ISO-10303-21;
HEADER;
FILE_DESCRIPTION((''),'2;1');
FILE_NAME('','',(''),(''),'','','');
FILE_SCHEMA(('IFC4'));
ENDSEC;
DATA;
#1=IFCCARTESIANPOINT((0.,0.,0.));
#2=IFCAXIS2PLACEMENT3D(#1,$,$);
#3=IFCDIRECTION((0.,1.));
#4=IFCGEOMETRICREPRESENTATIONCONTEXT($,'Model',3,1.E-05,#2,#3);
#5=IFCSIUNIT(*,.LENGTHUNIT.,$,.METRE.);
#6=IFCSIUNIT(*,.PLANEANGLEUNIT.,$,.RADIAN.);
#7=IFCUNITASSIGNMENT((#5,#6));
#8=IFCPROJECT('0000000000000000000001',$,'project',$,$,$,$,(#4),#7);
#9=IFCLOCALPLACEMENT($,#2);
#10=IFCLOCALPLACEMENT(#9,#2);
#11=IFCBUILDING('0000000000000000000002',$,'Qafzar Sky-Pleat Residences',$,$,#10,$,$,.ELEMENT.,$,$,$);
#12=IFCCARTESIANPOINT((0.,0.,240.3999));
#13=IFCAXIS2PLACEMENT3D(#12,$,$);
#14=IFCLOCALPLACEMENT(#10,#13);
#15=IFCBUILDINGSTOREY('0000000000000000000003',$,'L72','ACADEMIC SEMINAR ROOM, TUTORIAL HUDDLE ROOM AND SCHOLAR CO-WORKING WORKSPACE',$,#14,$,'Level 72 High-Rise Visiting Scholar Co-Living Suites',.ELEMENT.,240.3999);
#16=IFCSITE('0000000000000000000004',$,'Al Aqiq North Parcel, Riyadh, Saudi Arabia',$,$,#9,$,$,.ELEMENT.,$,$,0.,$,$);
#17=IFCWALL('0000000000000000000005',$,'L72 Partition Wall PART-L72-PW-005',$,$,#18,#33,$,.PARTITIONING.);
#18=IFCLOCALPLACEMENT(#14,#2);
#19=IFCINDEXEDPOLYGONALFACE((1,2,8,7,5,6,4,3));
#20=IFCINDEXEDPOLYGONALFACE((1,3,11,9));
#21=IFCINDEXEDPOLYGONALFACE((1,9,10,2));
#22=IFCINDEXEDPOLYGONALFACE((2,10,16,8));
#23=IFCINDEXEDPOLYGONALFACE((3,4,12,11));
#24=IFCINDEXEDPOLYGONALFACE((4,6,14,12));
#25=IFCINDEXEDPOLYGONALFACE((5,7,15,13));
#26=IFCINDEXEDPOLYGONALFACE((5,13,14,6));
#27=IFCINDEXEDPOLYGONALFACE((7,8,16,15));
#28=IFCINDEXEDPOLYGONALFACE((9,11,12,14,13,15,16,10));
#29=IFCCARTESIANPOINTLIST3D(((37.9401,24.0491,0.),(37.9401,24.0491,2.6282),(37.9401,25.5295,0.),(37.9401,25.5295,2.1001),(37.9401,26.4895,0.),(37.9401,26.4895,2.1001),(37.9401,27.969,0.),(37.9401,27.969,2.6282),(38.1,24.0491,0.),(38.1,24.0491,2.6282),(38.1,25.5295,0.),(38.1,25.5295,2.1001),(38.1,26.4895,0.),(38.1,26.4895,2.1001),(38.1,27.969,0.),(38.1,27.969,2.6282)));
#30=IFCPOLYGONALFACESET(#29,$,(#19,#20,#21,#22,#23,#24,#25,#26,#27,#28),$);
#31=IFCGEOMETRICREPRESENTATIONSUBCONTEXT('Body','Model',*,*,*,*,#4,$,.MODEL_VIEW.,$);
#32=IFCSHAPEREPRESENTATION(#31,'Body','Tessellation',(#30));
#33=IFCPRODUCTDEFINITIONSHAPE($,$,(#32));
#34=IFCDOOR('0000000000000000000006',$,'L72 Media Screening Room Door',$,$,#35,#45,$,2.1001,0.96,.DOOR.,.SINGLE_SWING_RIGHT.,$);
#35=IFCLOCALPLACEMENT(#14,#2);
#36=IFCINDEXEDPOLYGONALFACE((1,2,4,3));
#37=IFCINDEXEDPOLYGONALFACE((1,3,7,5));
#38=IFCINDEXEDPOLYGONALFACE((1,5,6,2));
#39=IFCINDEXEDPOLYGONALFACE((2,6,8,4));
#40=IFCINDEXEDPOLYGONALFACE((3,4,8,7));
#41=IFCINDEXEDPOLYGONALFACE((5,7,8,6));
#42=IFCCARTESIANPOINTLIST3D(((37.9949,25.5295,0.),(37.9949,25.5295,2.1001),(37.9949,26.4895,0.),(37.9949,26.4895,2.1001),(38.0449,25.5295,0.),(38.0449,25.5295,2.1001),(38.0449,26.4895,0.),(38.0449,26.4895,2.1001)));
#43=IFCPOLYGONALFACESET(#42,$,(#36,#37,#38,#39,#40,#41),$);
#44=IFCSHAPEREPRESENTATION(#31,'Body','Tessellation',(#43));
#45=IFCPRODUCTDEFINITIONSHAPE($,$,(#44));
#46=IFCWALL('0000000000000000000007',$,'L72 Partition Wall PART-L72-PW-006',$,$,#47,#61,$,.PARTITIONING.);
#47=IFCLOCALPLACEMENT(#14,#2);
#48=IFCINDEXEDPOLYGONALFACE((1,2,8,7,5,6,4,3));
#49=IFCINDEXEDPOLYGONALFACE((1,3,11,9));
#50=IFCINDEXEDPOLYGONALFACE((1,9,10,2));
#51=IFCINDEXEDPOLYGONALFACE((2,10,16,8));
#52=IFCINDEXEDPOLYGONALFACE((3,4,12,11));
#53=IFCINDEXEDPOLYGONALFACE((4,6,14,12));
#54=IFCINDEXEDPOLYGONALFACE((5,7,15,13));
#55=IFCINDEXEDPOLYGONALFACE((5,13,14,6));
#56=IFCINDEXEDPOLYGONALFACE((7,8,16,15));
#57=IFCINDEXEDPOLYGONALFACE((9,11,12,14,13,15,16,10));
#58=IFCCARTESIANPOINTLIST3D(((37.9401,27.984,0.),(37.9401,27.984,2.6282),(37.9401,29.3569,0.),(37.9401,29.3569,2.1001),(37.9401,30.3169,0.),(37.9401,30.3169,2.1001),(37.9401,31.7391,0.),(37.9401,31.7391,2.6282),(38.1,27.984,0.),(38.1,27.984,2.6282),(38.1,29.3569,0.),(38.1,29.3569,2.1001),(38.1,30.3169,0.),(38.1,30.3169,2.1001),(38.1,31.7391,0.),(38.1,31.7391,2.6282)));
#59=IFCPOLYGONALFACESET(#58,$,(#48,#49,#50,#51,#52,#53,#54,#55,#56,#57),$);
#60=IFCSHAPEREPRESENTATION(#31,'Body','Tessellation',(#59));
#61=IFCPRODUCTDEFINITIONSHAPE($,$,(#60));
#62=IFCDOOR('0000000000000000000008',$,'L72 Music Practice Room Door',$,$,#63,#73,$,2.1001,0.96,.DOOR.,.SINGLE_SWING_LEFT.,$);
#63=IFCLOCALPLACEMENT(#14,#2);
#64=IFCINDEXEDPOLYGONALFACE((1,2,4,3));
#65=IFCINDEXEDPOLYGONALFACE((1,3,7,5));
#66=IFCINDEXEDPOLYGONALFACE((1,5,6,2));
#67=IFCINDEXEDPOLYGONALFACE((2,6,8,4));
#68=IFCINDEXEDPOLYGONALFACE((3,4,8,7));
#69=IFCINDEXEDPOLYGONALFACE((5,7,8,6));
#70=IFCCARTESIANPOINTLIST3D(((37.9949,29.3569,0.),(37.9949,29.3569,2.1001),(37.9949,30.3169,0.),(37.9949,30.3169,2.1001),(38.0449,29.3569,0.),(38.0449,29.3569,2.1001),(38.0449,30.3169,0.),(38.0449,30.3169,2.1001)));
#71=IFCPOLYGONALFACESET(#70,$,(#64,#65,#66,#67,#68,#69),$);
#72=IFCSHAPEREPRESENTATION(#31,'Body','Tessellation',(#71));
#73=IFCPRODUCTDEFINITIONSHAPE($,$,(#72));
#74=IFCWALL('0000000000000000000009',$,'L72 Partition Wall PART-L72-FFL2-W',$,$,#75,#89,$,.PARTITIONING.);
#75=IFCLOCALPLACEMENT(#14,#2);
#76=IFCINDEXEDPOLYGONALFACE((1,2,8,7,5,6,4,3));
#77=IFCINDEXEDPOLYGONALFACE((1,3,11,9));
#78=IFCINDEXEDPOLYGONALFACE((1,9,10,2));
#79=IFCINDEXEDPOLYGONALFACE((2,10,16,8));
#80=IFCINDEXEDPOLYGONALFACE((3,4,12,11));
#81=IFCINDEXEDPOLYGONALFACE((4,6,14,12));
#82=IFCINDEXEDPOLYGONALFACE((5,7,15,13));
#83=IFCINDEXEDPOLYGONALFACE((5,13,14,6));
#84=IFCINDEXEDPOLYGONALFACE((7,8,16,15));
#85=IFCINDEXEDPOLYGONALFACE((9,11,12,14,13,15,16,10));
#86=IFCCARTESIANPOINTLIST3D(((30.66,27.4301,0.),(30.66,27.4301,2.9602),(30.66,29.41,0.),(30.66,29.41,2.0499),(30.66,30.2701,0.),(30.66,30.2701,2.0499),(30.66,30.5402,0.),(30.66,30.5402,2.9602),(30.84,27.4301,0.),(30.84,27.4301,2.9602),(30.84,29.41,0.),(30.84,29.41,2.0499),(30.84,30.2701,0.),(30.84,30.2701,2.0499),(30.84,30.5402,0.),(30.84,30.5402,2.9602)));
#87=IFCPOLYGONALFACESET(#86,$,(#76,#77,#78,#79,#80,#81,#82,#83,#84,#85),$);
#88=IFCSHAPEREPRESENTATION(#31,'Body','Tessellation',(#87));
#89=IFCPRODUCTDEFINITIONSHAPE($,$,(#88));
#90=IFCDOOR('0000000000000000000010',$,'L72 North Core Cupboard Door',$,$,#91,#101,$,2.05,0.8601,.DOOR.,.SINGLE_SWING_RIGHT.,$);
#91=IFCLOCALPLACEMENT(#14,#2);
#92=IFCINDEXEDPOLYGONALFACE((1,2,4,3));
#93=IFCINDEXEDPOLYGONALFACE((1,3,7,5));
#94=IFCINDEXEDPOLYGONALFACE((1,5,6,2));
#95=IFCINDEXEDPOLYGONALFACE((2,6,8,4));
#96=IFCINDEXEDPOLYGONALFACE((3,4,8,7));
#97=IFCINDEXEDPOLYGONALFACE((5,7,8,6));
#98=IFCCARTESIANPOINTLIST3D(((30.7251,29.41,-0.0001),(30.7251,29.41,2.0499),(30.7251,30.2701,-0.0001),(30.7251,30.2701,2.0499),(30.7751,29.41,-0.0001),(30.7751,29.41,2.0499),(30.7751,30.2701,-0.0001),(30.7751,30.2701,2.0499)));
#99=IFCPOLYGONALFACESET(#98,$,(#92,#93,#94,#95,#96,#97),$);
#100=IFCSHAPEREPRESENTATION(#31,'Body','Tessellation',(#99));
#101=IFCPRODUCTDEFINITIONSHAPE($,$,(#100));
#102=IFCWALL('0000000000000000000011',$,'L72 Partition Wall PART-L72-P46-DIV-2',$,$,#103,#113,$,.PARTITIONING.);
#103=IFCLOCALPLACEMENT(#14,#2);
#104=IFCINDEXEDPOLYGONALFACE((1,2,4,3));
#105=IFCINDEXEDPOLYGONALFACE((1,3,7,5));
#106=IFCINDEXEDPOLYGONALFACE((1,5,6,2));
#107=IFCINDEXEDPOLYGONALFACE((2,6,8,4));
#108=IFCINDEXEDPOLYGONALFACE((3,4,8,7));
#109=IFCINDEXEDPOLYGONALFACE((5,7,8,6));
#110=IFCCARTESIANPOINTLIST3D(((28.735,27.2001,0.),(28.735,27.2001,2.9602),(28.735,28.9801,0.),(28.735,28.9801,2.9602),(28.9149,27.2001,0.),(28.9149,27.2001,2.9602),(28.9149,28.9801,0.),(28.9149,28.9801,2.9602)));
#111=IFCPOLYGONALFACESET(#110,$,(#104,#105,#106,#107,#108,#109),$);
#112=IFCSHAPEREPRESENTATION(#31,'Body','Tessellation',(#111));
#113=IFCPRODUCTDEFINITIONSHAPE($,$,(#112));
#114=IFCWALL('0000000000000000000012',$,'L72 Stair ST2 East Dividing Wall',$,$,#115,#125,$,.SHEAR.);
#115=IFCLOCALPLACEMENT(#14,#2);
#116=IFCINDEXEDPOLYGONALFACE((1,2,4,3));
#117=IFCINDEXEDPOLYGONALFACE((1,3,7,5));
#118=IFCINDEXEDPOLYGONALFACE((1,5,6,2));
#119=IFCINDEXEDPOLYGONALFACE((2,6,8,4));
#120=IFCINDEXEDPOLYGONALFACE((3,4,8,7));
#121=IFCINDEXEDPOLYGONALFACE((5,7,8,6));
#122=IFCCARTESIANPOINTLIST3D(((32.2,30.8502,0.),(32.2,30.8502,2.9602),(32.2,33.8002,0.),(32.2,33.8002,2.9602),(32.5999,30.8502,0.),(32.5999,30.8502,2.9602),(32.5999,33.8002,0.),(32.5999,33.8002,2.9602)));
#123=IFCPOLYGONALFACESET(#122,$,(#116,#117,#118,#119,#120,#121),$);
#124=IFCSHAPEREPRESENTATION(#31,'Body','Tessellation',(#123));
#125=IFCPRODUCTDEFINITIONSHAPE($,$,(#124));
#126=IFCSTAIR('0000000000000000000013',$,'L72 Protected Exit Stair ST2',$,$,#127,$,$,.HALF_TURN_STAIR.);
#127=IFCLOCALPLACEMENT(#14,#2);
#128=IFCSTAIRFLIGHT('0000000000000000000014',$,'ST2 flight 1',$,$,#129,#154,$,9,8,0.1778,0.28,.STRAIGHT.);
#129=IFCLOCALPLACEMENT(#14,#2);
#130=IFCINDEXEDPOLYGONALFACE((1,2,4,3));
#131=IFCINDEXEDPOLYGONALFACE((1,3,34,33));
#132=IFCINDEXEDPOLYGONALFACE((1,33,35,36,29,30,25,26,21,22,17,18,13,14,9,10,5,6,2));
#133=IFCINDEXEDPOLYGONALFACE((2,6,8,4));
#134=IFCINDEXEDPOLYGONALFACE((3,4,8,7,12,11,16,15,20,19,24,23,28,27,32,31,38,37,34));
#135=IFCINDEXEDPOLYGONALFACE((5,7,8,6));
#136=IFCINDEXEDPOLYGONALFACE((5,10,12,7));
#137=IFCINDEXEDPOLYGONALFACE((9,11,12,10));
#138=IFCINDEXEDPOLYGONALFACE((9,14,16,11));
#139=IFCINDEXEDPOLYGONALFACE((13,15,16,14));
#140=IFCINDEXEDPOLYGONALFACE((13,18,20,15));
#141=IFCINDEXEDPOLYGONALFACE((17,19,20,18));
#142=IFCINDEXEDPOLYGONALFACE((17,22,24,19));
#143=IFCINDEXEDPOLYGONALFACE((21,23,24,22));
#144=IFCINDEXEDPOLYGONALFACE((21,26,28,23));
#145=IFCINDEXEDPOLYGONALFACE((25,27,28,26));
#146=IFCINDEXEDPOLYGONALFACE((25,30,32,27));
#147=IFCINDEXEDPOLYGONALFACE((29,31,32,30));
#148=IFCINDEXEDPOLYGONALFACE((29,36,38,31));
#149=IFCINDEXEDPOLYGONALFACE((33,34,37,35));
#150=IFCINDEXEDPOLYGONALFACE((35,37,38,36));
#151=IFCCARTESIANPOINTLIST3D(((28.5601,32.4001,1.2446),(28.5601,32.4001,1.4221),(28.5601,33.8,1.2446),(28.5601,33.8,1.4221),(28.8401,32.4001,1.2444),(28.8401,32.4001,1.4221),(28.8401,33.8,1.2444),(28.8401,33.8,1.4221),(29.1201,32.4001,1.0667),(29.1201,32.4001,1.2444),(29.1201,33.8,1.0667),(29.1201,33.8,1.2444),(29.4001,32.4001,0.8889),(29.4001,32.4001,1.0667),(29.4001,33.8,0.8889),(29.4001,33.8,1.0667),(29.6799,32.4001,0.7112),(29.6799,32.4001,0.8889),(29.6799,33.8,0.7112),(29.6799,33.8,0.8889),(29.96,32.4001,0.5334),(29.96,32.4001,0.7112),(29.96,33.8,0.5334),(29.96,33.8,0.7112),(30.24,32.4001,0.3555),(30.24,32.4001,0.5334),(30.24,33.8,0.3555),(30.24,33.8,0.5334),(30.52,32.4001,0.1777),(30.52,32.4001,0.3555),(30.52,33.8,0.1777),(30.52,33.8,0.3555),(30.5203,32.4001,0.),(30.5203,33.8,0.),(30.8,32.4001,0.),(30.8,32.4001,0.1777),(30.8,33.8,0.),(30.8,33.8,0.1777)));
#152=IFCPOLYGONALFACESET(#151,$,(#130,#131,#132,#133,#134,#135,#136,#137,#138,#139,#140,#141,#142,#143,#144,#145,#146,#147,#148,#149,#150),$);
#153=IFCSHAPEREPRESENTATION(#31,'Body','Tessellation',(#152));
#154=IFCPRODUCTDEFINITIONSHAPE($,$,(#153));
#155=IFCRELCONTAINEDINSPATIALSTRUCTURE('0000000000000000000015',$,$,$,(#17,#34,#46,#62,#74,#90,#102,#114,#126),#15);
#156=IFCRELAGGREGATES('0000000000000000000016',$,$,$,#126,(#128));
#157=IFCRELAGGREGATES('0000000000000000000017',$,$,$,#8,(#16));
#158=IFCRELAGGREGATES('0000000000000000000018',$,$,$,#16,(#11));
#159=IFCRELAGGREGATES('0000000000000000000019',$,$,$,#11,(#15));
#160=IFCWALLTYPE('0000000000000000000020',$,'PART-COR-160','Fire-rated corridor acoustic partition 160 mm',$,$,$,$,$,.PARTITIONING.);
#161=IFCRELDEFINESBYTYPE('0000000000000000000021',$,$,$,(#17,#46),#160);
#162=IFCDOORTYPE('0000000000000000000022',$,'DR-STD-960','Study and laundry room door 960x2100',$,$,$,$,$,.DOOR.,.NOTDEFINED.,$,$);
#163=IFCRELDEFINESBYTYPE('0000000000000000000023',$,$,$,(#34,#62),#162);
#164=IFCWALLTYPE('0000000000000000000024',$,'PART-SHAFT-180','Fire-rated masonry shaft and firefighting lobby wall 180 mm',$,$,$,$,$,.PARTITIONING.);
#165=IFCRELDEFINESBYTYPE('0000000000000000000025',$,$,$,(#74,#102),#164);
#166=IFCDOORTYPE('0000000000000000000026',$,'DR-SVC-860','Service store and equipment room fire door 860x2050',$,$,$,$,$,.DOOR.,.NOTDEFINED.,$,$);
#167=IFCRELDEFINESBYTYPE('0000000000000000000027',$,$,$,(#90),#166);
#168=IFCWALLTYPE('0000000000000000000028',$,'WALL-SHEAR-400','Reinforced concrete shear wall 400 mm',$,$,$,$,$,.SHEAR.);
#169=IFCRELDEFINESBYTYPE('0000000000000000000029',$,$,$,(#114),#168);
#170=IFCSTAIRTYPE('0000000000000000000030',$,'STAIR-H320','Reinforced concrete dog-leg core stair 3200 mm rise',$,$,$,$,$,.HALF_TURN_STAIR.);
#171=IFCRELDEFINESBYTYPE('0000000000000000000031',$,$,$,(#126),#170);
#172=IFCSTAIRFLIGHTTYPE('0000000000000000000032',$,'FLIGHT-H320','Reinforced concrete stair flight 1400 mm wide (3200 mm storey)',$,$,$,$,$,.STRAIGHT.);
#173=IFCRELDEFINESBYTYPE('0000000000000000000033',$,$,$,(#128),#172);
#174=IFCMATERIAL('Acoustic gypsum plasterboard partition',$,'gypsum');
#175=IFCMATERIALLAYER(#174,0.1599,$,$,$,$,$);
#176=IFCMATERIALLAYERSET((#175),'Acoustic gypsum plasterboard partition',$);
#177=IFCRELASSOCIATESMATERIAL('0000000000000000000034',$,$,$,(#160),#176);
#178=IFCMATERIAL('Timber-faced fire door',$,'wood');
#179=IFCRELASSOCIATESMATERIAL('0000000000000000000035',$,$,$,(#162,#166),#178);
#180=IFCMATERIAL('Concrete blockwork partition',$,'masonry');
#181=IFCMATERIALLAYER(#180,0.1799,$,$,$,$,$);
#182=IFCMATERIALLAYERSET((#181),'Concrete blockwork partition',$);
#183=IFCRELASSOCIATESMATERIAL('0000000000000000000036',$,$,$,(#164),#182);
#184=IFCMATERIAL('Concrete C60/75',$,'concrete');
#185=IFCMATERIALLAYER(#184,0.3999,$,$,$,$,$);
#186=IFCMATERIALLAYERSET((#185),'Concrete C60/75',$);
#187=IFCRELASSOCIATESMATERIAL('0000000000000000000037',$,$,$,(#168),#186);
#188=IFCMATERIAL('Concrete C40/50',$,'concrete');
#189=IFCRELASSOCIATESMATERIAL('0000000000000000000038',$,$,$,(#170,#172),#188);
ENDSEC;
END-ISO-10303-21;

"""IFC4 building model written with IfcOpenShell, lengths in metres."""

from ifc_helpers import new_model, si_unit, direction, frame, frame_2d, origin, place, context, subcontext, project, spatial, polyline, rectangle, outline, extrude, source, transform, mapped, material, layer, layer_set, type_object, element, fill, aggregate, save


model = new_model("IFC4")

# Units and contexts
model_context = context("Model", 3, precision=1e-05, world=origin(), true_north=direction((0.0, 1.0)))
body_context = subcontext(model_context, "Body", "Model", "MODEL_VIEW")
ifc_project = project(units=[si_unit("LENGTHUNIT", "METRE"), si_unit("PLANEANGLEUNIT", "RADIAN")], contexts=[model_context])

# Site, building, storey
site_placement = place(None, origin())
site = spatial("IfcSite", under=ifc_project, at=site_placement, Name="Al Aqiq North Parcel, Riyadh, Saudi Arabia", CompositionType="ELEMENT", RefElevation=0.0)
building_placement = place(site_placement, origin())
building = spatial("IfcBuilding", under=site, at=building_placement, Name="Qafzar Sky-Pleat Residences", CompositionType="ELEMENT")
storey_placement = place(building_placement, frame((0.0, 0.0, 240.3999)))
storey = spatial("IfcBuildingStorey", under=building, at=storey_placement, Name="L72", Description="ACADEMIC SEMINAR ROOM, TUTORIAL HUDDLE ROOM AND SCHOLAR CO-WORKING WORKSPACE", LongName="Level 72 High-Rise Visiting Scholar Co-Living Suites", CompositionType="ELEMENT", Elevation=240.3999)

# Walls, openings, doors
ifc_material_1 = material(Name="Acoustic gypsum plasterboard partition", Category="gypsum")
ifc_layer_1 = layer(ifc_material_1, 0.1599)
ifc_layer_set_1 = layer_set([ifc_layer_1], Name="Acoustic gypsum plasterboard partition")
wall_type_1 = type_object("IfcWallType", Name="PART-COR-160", Description="Fire-rated corridor acoustic partition 160 mm", PredefinedType="PARTITIONING", material=ifc_layer_set_1)
wall_1_placement = place(storey_placement, frame((38.02, 27.969, 0.0), z_axis=(0.0, 0.0, 1.0), x_axis=(0.0, -1.0, 0.0)))
wall_1 = element("IfcWall", 1, at=wall_1_placement, inside=storey, type_object=wall_type_1, Name="L72 Partition Wall PART-L72-PW-005", PredefinedType="PARTITIONING", context=body_context, shape_type="SweptSolid", body=[
    extrude(rectangle(XDim=3.9199, YDim=0.1599, at=frame_2d((1.96, 0.0))), origin(), (0.0, 0.0, 1.0), 2.6282),
])
opening_1_placement = place(wall_1_placement, frame((1.4795, 0.0, 0.0)))
opening_1 = element("IfcOpeningElement", 2, at=opening_1_placement, cuts=wall_1, PredefinedType="OPENING", context=body_context, shape_type="SweptSolid", body=[
    extrude(rectangle(XDim=0.96, YDim=2.1001, at=frame_2d((0.48, 1.05))), frame((0.0, 0.0898, 0.0), z_axis=(0.0, -1.0, 0.0), x_axis=(1.0, 0.0, 0.0)), (0.0, 0.0, 1.0), 0.1799),
])
ifc_material_2 = material(Name="Timber-faced fire door", Category="wood")
door_type_1 = type_object("IfcDoorType", Name="DR-STD-960", Description="Study and laundry room door 960x2100", OperationType="NOTDEFINED", PredefinedType="DOOR", material=ifc_material_2)
shared_shape_1 = source(origin(), body_context, "Body", "SweptSolid", [
    extrude(rectangle(XDim=0.96, YDim=2.1001, at=frame_2d((0.48, 1.05))), frame((0.0, 0.0249, 0.0), z_axis=(0.0, -1.0, 0.0), x_axis=(1.0, 0.0, 0.0)), (0.0, 0.0, 1.0), 0.05),
])
door_1_placement = place(opening_1_placement, origin())
door_1 = element("IfcDoor", 3, at=door_1_placement, inside=storey, type_object=door_type_1, Name="L72 Media Screening Room Door", OperationType="SINGLE_SWING_RIGHT", OverallHeight=2.1001, OverallWidth=0.96, PredefinedType="DOOR", context=body_context, shape_type="MappedRepresentation", body=[
    mapped(shared_shape_1, transform((0.0, 0.0, 0.0), x_axis=(1.0, 0.0, 0.0), y_axis=(0.0, 1.0, 0.0), z_axis=(0.0, 0.0, 1.0), scale=1.0)),
])
fill(opening_1, door_1)
wall_2_placement = place(storey_placement, frame((38.02, 31.739, 0.0), z_axis=(0.0, 0.0, 1.0), x_axis=(0.0, -1.0, 0.0)))
wall_2 = element("IfcWall", 4, at=wall_2_placement, inside=storey, type_object=wall_type_1, Name="L72 Partition Wall PART-L72-PW-006", PredefinedType="PARTITIONING", context=body_context, shape_type="SweptSolid", body=[
    extrude(rectangle(XDim=3.7551, YDim=0.1599, at=frame_2d((1.8774, 0.0))), origin(), (0.0, 0.0, 1.0), 2.6282),
])
opening_2_placement = place(wall_2_placement, frame((1.4221, 0.0, 0.0)))
opening_2 = element("IfcOpeningElement", 5, at=opening_2_placement, cuts=wall_2, PredefinedType="OPENING", context=body_context, shape_type="SweptSolid", body=[
    extrude(rectangle(XDim=0.96, YDim=2.1001, at=frame_2d((0.48, 1.05))), frame((0.0, 0.0898, 0.0), z_axis=(0.0, -1.0, 0.0), x_axis=(1.0, 0.0, 0.0)), (0.0, 0.0, 1.0), 0.1799),
])
door_2_placement = place(opening_2_placement, origin())
door_2 = element("IfcDoor", 6, at=door_2_placement, inside=storey, type_object=door_type_1, Name="L72 Music Practice Room Door", OperationType="SINGLE_SWING_LEFT", OverallHeight=2.1001, OverallWidth=0.96, PredefinedType="DOOR", context=body_context, shape_type="MappedRepresentation", body=[
    mapped(shared_shape_1, transform((0.0, 0.0, 0.0), x_axis=(1.0, 0.0, 0.0), y_axis=(0.0, 1.0, 0.0), z_axis=(0.0, 0.0, 1.0), scale=1.0)),
])
fill(opening_2, door_2)
ifc_material_3 = material(Name="Concrete blockwork partition", Category="masonry")
ifc_layer_2 = layer(ifc_material_3, 0.1799)
ifc_layer_set_2 = layer_set([ifc_layer_2], Name="Concrete blockwork partition")
wall_type_2 = type_object("IfcWallType", Name="PART-SHAFT-180", Description="Fire-rated masonry shaft and firefighting lobby wall 180 mm", PredefinedType="PARTITIONING", material=ifc_layer_set_2)
wall_3_placement = place(storey_placement, frame((30.75, 27.4299, 0.0), z_axis=(0.0, 0.0, 1.0), x_axis=(0.0, 1.0, 0.0)))
wall_3 = element("IfcWall", 7, at=wall_3_placement, inside=storey, type_object=wall_type_2, Name="L72 Partition Wall PART-L72-FFL2-W", PredefinedType="PARTITIONING", context=body_context, shape_type="SweptSolid", body=[
    extrude(rectangle(XDim=3.1101, YDim=0.1799, at=frame_2d((1.5552, 0.0))), origin(), (0.0, 0.0, 1.0), 2.9602),
])
opening_3_placement = place(wall_3_placement, frame((1.98, 0.0, 0.0)))
opening_3 = element("IfcOpeningElement", 8, at=opening_3_placement, cuts=wall_3, PredefinedType="OPENING", context=body_context, shape_type="SweptSolid", body=[
    extrude(rectangle(XDim=0.8601, YDim=2.05, at=frame_2d((0.4302, 1.0249))), frame((0.0, 0.1001, 0.0), z_axis=(0.0, -1.0, 0.0), x_axis=(1.0, 0.0, 0.0)), (0.0, 0.0, 1.0), 0.2),
])
door_type_2 = type_object("IfcDoorType", Name="DR-SVC-860", Description="Service store and equipment room fire door 860x2050", OperationType="NOTDEFINED", PredefinedType="DOOR", material=ifc_material_2)
shared_shape_2 = source(origin(), body_context, "Body", "SweptSolid", [
    extrude(rectangle(XDim=0.8601, YDim=2.05, at=frame_2d((0.4302, 1.0249))), frame((0.0, 0.0249, 0.0), z_axis=(0.0, -1.0, 0.0), x_axis=(1.0, 0.0, 0.0)), (0.0, 0.0, 1.0), 0.05),
])
door_3_placement = place(opening_3_placement, origin())
door_3 = element("IfcDoor", 9, at=door_3_placement, inside=storey, type_object=door_type_2, Name="L72 North Core Cupboard Door", OperationType="SINGLE_SWING_RIGHT", OverallHeight=2.05, OverallWidth=0.8601, PredefinedType="DOOR", context=body_context, shape_type="MappedRepresentation", body=[
    mapped(shared_shape_2, transform((0.0, 0.0, 0.0), x_axis=(1.0, 0.0, 0.0), y_axis=(0.0, 1.0, 0.0), z_axis=(0.0, 0.0, 1.0), scale=1.0)),
])
fill(opening_3, door_3)

# Walls
wall_4_placement = place(storey_placement, frame((28.825, 27.2, 0.0), z_axis=(0.0, 0.0, 1.0), x_axis=(0.0, 1.0, 0.0)))
element("IfcWall", 10, at=wall_4_placement, inside=storey, type_object=wall_type_2, Name="L72 Partition Wall PART-L72-P46-DIV-2", PredefinedType="PARTITIONING", context=body_context, shape_type="SweptSolid", body=[
    extrude(rectangle(XDim=1.78, YDim=0.1799, at=frame_2d((0.8901, 0.0))), origin(), (0.0, 0.0, 1.0), 2.9602),
])
ifc_material_4 = material(Name="Concrete C60/75", Category="concrete")
ifc_layer_3 = layer(ifc_material_4, 0.3999)
ifc_layer_set_3 = layer_set([ifc_layer_3], Name="Concrete C60/75")
wall_type_3 = type_object("IfcWallType", Name="WALL-SHEAR-400", Description="Reinforced concrete shear wall 400 mm", PredefinedType="SHEAR", material=ifc_layer_set_3)
wall_5_placement = place(storey_placement, frame((32.3999, 30.8501, 0.0), z_axis=(0.0, 0.0, 1.0), x_axis=(0.0, 1.0, 0.0)))
element("IfcWall", 11, at=wall_5_placement, inside=storey, type_object=wall_type_3, Name="L72 Stair ST2 East Dividing Wall", PredefinedType="SHEAR", context=body_context, shape_type="SweptSolid", body=[
    extrude(rectangle(XDim=2.95, YDim=0.3999, at=frame_2d((1.4751, 0.0))), origin(), (0.0, 0.0, 1.0), 2.9602),
])

# Stair, stair flight
ifc_material_5 = material(Name="Concrete C40/50", Category="concrete")
stair_type = type_object("IfcStairType", Name="STAIR-H320", Description="Reinforced concrete dog-leg core stair 3200 mm rise", PredefinedType="HALF_TURN_STAIR", material=ifc_material_5)
stair_placement = place(storey_placement, origin())
stair = element("IfcStair", 12, at=stair_placement, inside=storey, type_object=stair_type, Name="L72 Protected Exit Stair ST2", PredefinedType="HALF_TURN_STAIR")
stair_flight_type = type_object("IfcStairFlightType", Name="FLIGHT-H320", Description="Reinforced concrete stair flight 1400 mm wide (3200 mm storey)", PredefinedType="STRAIGHT", material=ifc_material_5)
shared_shape_3 = source(origin(), body_context, "Body", "SweptSolid", [
    extrude(outline(polyline([(0.0, 0.0), (0.0, 0.1777), (0.28, 0.1777), (0.28, 0.3555), (0.5601, 0.3555), (0.5601, 0.5334), (0.8401, 0.5334), (0.8401, 0.7112), (1.1201, 0.7112), (1.1201, 0.8889), (1.3999, 0.8889), (1.3999, 1.0667), (1.6799, 1.0667), (1.6799, 1.2444), (1.96, 1.2444), (1.96, 1.4221), (2.24, 1.4221), (2.24, 1.6001), (2.24, 1.2446), (0.2798, 0.0), (0.0, 0.0)])), frame((0.0, 0.7, 0.0), z_axis=(0.0, -1.0, 0.0), x_axis=(1.0, 0.0, 0.0)), (0.0, 0.0, 1.0), 1.3999),
])
stair_flight_1_placement = place(storey_placement, frame((30.8, 33.1001, 0.0), z_axis=(0.0, 0.0, 1.0), x_axis=(-1.0, 0.0, 0.0)))
stair_flight_1 = element("IfcStairFlight", 13, at=stair_flight_1_placement, type_object=stair_flight_type, Name="ST2 flight 1", NumberOfRisers=9, NumberOfTreads=8, PredefinedType="STRAIGHT", RiserHeight=0.1778, TreadLength=0.28, context=body_context, shape_type="MappedRepresentation", body=[
    mapped(shared_shape_3, transform((0.0, 0.0, 0.0), x_axis=(1.0, 0.0, 0.0), y_axis=(0.0, 1.0, 0.0), z_axis=(0.0, 0.0, 1.0), scale=1.0)),
])
aggregate(stair, [stair_flight_1])

save(model, "model.ifc")
